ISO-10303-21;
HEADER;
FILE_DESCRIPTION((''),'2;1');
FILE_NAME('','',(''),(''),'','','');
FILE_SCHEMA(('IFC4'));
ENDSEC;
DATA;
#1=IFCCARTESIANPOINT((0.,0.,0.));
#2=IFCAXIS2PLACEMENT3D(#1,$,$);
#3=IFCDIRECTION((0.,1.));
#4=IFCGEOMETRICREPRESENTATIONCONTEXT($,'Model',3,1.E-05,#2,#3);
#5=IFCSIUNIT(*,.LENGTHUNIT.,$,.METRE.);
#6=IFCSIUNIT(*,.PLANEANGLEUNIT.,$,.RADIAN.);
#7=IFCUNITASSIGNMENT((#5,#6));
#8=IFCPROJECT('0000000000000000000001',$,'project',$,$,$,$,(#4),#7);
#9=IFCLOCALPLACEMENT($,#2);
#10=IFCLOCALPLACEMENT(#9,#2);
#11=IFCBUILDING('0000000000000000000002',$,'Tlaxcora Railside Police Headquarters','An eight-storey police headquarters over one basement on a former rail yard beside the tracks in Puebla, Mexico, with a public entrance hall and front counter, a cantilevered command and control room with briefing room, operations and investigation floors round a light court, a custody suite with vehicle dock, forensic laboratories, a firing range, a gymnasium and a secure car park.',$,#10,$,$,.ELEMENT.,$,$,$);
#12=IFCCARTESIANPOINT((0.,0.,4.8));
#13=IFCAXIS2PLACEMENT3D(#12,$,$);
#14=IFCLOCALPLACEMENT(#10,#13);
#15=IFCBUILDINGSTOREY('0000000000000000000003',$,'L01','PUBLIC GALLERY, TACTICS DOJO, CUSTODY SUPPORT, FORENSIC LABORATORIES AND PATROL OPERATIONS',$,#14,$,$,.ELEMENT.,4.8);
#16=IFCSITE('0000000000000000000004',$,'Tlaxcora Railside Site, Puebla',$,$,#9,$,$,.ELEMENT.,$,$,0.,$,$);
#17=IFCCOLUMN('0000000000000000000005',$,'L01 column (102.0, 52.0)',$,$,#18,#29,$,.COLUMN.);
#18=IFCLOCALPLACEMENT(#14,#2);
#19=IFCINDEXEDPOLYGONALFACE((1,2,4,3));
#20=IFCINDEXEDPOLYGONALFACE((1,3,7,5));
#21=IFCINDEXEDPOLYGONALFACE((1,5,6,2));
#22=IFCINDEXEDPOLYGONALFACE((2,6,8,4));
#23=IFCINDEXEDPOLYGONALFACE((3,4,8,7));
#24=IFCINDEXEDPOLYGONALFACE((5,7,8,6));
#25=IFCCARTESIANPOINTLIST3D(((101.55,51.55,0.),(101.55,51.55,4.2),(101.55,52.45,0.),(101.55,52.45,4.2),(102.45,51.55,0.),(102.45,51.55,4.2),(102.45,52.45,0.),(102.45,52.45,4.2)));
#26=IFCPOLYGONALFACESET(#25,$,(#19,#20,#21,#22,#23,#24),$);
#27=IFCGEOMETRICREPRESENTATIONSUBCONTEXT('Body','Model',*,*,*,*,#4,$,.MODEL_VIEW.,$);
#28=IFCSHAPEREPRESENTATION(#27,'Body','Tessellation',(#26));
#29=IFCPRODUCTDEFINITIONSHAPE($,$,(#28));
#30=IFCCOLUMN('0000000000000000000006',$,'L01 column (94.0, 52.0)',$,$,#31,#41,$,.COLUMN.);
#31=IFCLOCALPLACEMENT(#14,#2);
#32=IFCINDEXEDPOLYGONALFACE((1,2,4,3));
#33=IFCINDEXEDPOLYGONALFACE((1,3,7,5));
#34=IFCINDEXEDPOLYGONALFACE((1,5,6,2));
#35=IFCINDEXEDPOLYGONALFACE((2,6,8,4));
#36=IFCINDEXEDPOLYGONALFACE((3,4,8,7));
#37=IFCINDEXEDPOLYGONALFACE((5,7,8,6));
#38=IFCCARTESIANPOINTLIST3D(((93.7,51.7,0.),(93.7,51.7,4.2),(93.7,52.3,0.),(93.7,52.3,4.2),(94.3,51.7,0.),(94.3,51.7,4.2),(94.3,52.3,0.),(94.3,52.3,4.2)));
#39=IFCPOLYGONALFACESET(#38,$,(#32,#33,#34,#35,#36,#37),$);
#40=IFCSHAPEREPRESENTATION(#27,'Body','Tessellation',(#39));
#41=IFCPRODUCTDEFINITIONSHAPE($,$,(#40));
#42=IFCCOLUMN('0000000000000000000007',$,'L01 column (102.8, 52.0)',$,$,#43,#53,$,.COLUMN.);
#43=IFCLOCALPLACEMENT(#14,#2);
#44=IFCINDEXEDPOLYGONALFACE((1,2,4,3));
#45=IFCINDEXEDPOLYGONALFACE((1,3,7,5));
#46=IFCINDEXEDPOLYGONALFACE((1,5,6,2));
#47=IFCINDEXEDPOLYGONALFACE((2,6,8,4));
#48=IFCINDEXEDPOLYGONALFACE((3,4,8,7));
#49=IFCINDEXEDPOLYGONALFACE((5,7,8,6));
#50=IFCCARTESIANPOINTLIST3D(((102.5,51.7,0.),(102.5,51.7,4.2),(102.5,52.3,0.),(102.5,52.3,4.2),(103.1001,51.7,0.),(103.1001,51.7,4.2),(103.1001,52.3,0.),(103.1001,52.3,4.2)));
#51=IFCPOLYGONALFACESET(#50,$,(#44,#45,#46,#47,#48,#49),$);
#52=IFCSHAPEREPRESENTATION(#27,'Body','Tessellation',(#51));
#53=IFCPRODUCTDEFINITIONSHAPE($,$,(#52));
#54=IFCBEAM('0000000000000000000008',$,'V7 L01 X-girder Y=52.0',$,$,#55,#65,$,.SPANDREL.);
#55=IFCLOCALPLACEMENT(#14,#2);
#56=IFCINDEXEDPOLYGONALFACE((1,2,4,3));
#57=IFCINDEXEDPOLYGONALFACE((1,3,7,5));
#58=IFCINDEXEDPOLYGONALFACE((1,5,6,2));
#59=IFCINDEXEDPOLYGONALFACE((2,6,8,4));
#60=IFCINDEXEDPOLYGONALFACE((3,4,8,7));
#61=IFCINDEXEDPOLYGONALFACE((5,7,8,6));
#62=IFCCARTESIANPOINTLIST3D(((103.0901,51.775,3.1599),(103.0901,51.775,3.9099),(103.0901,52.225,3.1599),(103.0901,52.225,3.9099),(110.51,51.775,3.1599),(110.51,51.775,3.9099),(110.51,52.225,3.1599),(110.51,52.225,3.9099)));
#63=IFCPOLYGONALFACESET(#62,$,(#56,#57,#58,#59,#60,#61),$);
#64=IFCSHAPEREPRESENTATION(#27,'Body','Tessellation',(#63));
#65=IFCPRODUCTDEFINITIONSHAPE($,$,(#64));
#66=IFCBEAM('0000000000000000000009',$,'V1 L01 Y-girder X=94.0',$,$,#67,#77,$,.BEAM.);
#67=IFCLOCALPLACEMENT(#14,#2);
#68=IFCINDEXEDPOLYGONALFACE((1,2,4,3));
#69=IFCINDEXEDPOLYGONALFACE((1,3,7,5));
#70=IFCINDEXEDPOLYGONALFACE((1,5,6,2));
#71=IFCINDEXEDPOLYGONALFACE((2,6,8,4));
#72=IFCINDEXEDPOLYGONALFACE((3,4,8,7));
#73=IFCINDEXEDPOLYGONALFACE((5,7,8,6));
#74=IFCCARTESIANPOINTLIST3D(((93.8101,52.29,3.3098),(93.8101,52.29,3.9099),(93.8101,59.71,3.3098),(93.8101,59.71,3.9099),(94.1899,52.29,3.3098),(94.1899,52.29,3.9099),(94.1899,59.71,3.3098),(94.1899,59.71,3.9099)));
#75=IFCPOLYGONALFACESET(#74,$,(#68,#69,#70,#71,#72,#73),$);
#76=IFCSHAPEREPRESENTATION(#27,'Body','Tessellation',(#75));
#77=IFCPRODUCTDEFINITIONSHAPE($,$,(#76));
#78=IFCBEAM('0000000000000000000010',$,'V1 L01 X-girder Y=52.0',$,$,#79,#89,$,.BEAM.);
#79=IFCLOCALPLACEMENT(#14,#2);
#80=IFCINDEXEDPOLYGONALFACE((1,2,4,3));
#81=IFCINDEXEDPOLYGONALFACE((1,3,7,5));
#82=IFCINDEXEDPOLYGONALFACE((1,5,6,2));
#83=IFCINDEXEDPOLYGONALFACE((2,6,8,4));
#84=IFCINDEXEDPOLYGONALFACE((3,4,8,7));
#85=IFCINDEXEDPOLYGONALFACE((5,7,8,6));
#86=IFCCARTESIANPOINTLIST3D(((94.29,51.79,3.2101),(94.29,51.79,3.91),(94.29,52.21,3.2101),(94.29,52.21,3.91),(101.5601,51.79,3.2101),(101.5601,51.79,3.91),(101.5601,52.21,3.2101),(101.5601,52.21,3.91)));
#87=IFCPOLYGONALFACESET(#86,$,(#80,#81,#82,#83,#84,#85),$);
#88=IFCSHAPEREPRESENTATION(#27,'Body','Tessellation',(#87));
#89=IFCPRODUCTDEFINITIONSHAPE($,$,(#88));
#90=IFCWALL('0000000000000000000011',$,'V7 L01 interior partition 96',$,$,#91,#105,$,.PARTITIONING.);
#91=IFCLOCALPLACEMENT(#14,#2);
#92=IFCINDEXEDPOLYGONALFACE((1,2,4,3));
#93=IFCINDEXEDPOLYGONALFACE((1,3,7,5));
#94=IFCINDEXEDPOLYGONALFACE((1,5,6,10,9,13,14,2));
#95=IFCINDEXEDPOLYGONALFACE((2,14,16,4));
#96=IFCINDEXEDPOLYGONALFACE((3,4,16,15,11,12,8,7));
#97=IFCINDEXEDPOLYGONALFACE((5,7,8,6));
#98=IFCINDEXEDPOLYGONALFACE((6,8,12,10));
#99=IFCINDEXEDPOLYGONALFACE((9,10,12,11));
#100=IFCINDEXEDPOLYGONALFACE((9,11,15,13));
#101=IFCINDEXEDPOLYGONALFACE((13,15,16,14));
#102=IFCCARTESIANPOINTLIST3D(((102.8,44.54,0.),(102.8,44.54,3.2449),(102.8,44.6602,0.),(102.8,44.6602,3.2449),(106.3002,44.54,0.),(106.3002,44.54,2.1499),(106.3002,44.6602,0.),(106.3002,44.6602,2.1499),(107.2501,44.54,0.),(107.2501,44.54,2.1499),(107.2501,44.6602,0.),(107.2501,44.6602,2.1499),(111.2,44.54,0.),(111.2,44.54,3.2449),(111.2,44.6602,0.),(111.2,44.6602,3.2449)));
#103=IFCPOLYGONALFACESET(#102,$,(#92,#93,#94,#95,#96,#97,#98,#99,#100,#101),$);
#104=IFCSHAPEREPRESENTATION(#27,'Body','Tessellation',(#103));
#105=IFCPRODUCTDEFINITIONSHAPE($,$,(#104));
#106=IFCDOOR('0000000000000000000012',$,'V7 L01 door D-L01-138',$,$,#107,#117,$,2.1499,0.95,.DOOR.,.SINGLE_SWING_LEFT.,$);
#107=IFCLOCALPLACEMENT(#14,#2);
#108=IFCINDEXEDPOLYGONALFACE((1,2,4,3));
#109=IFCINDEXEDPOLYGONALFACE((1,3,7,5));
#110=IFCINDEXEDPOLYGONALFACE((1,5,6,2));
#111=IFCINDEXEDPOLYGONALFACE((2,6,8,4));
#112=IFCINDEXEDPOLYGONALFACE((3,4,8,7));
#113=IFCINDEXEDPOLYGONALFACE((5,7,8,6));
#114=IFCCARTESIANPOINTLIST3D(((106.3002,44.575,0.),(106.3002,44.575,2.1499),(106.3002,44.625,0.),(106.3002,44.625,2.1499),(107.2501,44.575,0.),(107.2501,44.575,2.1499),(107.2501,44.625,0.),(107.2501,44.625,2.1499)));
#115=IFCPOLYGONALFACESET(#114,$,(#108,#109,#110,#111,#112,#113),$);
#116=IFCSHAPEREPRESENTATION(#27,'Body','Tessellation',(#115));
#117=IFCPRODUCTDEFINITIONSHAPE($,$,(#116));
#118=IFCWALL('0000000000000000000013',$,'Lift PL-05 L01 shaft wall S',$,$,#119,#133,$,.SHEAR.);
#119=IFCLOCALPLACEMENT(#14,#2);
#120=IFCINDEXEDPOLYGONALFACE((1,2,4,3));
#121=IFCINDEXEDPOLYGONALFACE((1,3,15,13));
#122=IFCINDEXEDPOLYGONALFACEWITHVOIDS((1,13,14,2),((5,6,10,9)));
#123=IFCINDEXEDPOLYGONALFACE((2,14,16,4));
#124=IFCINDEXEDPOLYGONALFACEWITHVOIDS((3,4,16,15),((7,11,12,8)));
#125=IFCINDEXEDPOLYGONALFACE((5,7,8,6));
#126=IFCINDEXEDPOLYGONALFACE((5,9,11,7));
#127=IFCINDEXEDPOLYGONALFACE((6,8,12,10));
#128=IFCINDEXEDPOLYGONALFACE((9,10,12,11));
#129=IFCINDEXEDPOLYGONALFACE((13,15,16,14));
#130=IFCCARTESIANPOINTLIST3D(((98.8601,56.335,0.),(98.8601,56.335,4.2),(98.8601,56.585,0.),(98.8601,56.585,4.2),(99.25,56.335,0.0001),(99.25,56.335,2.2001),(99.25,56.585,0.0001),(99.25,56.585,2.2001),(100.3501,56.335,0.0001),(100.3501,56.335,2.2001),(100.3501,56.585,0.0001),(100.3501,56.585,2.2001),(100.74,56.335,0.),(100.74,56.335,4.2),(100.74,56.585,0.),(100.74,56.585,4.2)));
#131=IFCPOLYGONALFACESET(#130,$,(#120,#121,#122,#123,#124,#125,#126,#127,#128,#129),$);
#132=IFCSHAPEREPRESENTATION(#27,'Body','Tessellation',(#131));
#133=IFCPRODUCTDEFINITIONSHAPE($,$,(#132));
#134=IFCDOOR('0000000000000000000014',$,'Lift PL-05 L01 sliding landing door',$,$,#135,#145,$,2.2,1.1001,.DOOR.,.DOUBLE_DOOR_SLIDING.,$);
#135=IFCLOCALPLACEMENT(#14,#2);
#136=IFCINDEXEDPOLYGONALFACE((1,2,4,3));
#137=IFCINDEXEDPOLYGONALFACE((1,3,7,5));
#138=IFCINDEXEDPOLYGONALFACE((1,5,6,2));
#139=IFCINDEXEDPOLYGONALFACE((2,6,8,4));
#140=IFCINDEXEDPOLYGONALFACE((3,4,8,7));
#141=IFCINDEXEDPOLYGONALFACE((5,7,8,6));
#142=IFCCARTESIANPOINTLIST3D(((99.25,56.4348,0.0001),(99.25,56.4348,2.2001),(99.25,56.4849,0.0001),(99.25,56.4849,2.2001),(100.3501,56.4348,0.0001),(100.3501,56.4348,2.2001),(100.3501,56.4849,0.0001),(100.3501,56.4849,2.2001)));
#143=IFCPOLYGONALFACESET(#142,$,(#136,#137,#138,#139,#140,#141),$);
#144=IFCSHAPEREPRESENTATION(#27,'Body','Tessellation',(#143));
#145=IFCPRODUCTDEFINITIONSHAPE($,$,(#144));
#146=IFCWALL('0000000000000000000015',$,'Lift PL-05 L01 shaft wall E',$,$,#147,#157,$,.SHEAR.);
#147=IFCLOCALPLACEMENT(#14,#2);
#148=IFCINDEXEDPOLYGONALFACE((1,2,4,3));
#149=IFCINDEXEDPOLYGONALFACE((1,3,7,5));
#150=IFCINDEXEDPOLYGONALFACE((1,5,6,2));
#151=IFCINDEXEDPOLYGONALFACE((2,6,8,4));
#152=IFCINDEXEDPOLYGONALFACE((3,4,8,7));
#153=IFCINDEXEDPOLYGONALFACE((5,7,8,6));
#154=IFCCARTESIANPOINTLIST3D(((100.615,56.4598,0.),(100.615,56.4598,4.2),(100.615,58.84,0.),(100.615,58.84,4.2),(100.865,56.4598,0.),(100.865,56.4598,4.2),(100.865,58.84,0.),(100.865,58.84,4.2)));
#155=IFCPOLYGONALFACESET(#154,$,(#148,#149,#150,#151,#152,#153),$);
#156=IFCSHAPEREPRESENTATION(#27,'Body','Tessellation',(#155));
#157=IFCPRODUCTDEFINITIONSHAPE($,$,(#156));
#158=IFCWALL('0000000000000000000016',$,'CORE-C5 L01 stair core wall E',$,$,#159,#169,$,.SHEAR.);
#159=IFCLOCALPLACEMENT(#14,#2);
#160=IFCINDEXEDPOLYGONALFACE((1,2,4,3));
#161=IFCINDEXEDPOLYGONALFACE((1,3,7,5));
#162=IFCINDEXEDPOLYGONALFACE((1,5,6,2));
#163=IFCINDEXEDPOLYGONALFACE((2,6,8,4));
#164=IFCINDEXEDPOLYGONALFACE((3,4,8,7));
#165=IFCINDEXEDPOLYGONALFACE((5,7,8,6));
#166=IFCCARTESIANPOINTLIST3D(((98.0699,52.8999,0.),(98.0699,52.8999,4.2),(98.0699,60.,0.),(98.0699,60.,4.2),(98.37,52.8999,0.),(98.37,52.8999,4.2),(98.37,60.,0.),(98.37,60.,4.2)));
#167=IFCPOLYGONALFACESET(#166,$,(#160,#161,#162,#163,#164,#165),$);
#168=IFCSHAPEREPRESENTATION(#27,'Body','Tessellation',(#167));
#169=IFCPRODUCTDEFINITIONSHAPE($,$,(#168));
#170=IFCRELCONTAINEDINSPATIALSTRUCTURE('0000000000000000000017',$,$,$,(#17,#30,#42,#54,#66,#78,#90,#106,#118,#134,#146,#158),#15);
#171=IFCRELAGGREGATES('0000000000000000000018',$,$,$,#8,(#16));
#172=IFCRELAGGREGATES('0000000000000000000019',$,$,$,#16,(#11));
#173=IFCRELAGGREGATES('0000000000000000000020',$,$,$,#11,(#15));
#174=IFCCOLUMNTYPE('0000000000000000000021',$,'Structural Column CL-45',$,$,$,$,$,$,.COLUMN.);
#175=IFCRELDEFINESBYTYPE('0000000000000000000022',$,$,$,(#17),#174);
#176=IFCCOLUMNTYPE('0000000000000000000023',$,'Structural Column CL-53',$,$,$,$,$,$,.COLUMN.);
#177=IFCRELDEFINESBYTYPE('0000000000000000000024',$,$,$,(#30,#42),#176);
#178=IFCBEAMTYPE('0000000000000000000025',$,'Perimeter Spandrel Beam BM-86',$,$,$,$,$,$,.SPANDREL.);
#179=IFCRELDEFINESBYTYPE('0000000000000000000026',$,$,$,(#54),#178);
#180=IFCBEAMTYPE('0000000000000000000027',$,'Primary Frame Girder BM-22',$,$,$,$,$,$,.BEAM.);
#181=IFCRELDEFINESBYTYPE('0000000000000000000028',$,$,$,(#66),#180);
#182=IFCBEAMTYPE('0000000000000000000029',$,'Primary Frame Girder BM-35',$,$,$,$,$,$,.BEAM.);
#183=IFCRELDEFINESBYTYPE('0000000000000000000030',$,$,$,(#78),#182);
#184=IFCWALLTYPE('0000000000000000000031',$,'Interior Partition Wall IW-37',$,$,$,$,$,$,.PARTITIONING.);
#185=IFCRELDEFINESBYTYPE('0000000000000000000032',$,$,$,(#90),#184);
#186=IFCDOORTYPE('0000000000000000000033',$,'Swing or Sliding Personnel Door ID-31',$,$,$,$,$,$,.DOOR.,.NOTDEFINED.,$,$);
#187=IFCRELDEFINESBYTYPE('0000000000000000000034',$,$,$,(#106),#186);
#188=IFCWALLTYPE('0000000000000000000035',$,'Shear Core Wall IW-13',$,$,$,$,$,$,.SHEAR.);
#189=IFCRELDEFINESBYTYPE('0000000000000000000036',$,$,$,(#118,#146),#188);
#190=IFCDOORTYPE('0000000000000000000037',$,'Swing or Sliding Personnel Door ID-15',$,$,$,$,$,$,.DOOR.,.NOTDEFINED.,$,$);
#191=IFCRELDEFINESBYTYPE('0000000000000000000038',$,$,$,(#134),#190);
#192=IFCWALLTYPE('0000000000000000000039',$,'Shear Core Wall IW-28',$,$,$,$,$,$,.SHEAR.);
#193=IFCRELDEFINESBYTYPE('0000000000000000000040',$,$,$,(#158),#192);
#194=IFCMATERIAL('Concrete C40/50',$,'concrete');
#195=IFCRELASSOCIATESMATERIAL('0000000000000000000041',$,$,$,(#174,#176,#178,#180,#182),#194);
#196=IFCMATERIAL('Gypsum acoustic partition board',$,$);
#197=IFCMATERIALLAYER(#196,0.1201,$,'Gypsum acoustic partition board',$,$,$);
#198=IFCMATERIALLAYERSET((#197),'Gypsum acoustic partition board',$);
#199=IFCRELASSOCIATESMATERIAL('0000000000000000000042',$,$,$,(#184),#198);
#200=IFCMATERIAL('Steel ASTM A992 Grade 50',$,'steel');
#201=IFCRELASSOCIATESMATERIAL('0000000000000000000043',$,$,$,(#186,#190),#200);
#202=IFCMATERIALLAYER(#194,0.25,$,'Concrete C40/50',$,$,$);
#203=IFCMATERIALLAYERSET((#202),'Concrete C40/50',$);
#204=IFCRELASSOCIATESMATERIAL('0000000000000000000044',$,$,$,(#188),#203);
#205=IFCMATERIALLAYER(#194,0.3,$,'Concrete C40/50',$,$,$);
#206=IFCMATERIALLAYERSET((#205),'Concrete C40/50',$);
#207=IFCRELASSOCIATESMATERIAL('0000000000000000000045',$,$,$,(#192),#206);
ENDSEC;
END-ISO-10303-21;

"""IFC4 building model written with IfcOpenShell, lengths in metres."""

from ifc_helpers import new_model, si_unit, direction, frame, frame_2d, origin, origin_2d, place, context, subcontext, project, spatial, rectangle, extrude, material, layer, layer_set, material_profile, profile_set, type_object, element, fill, save


model = new_model("IFC4")

# Units and contexts
model_context = context("Model", 3, precision=1e-05, world=origin(), true_north=direction((0.0, 1.0)))
body_context = subcontext(model_context, "Body", "Model", "MODEL_VIEW")
ifc_project = project(units=[si_unit("LENGTHUNIT", "METRE"), si_unit("PLANEANGLEUNIT", "RADIAN")], contexts=[model_context])

# Site, building, storey
site_placement = place(None, origin())
site = spatial("IfcSite", under=ifc_project, at=site_placement, Name="Tlaxcora Railside Site, Puebla", CompositionType="ELEMENT", RefElevation=0.0)
building_placement = place(site_placement, origin())
building = spatial("IfcBuilding", under=site, at=building_placement, Name="Tlaxcora Railside Police Headquarters", Description="An eight-storey police headquarters over one basement on a former rail yard beside the tracks in Puebla, Mexico, with a public entrance hall and front counter, a cantilevered command and control room with briefing room, operations and investigation floors round a light court, a custody suite with vehicle dock, forensic laboratories, a firing range, a gymnasium and a secure car park.", CompositionType="ELEMENT")
storey_placement = place(building_placement, frame((0.0, 0.0, 4.8)))
storey = spatial("IfcBuildingStorey", under=building, at=storey_placement, Name="L01", Description="PUBLIC GALLERY, TACTICS DOJO, CUSTODY SUPPORT, FORENSIC LABORATORIES AND PATROL OPERATIONS", CompositionType="ELEMENT", Elevation=4.8)

# Columns
ifc_material_1 = material(Name="Concrete C40/50", Category="concrete")
ifc_material_profile_1 = material_profile(ifc_material_1, rectangle(XDim=0.8999, YDim=0.8999, at=origin_2d()), Name="RC900X900")
ifc_profile_set_1 = profile_set([ifc_material_profile_1], Name="Concrete C40/50")
column_type_1 = type_object("IfcColumnType", Name="Structural Column CL-45", PredefinedType="COLUMN", material=ifc_profile_set_1)
column_placement = place(storey_placement, frame((102.0, 52.0, 0.0), z_axis=(0.0, 0.0, 1.0), x_axis=(1.0, 0.0, 0.0)))
element("IfcColumn", 1, at=column_placement, inside=storey, type_object=column_type_1, Name="L01 column (102.0, 52.0)", PredefinedType="COLUMN", context=body_context, shape_type="SweptSolid", body=[
    extrude(rectangle(XDim=0.8999, YDim=0.8999, at=origin_2d()), origin(), (0.0, 0.0, 1.0), 4.2),
])
ifc_material_profile_2 = material_profile(ifc_material_1, rectangle(XDim=0.6001, YDim=0.6001, at=origin_2d()), Name="RC600X600")
ifc_profile_set_2 = profile_set([ifc_material_profile_2], Name="Concrete C40/50")
column_type_2 = type_object("IfcColumnType", Name="Structural Column CL-53", PredefinedType="COLUMN", material=ifc_profile_set_2)
for number, where, z_axis, x_axis, name in (
    (2, (94.0, 52.0, 0.0), (0.0, 0.0, 1.0), (1.0, 0.0, 0.0), "L01 column (94.0, 52.0)"),
    (3, (102.8, 52.0, 0.0), (0.0, 0.0, 1.0), (1.0, 0.0, 0.0), "L01 column (102.8, 52.0)"),
):
    element("IfcColumn", number, at=place(storey_placement, frame(where, z_axis=z_axis, x_axis=x_axis)), inside=storey, type_object=column_type_2, Name=name, PredefinedType="COLUMN", context=body_context, shape_type="SweptSolid", body=[
        extrude(rectangle(XDim=0.6001, YDim=0.6001, at=origin_2d()), origin(), (0.0, 0.0, 1.0), 4.2),
    ])

# Beams
ifc_material_profile_3 = material_profile(ifc_material_1, rectangle(XDim=0.45, YDim=0.75, at=origin_2d()), Name="RC450X750")
ifc_profile_set_3 = profile_set([ifc_material_profile_3], Name="Concrete C40/50")
beam_type_1 = type_object("IfcBeamType", Name="Perimeter Spandrel Beam BM-86", PredefinedType="SPANDREL", material=ifc_profile_set_3)
beam_1_placement = place(storey_placement, frame((103.0901, 52.0, 3.5349), z_axis=(1.0, 0.0, 0.0), x_axis=(0.0, 1.0, 0.0)))
element("IfcBeam", 4, at=beam_1_placement, inside=storey, type_object=beam_type_1, Name="V7 L01 X-girder Y=52.0", PredefinedType="SPANDREL", context=body_context, shape_type="SweptSolid", body=[
    extrude(rectangle(XDim=0.45, YDim=0.75, at=origin_2d()), origin(), (0.0, 0.0, 1.0), 7.4199),
])
ifc_material_profile_4 = material_profile(ifc_material_1, rectangle(XDim=0.3799, YDim=0.6001, at=origin_2d()), Name="RC380X600")
ifc_profile_set_4 = profile_set([ifc_material_profile_4], Name="Concrete C40/50")
beam_type_2 = type_object("IfcBeamType", Name="Primary Frame Girder BM-22", PredefinedType="BEAM", material=ifc_profile_set_4)
beam_2_placement = place(storey_placement, frame((94.0, 52.29, 3.6099), z_axis=(0.0, 1.0, 0.0), x_axis=(-1.0, 0.0, 0.0)))
element("IfcBeam", 5, at=beam_2_placement, inside=storey, type_object=beam_type_2, Name="V1 L01 Y-girder X=94.0", PredefinedType="BEAM", context=body_context, shape_type="SweptSolid", body=[
    extrude(rectangle(XDim=0.3799, YDim=0.6001, at=origin_2d()), origin(), (0.0, 0.0, 1.0), 7.4199),
])
ifc_material_profile_5 = material_profile(ifc_material_1, rectangle(XDim=0.4199, YDim=0.7, at=origin_2d()), Name="RC420X700")
ifc_profile_set_5 = profile_set([ifc_material_profile_5], Name="Concrete C40/50")
beam_type_3 = type_object("IfcBeamType", Name="Primary Frame Girder BM-35", PredefinedType="BEAM", material=ifc_profile_set_5)
beam_3_placement = place(storey_placement, frame((94.29, 52.0, 3.5601), z_axis=(1.0, 0.0, 0.0), x_axis=(0.0, 1.0, 0.0)))
element("IfcBeam", 6, at=beam_3_placement, inside=storey, type_object=beam_type_3, Name="V1 L01 X-girder Y=52.0", PredefinedType="BEAM", context=body_context, shape_type="SweptSolid", body=[
    extrude(rectangle(XDim=0.4199, YDim=0.7, at=origin_2d()), origin(), (0.0, 0.0, 1.0), 7.27),
])

# Walls, openings, doors
ifc_material_2 = material(Name="Gypsum acoustic partition board")
ifc_layer_1 = layer(ifc_material_2, 0.1201, Name="Gypsum acoustic partition board")
ifc_layer_set_1 = layer_set([ifc_layer_1], Name="Gypsum acoustic partition board")
wall_type_1 = type_object("IfcWallType", Name="Interior Partition Wall IW-37", PredefinedType="PARTITIONING", material=ifc_layer_set_1)
wall_1_placement = place(storey_placement, frame((102.8, 44.6001, 0.0), z_axis=(0.0, 0.0, 1.0), x_axis=(1.0, 0.0, 0.0)))
wall_1 = element("IfcWall", 7, at=wall_1_placement, inside=storey, type_object=wall_type_1, Name="V7 L01 interior partition 96", PredefinedType="PARTITIONING", context=body_context, shape_type="SweptSolid", body=[
    extrude(rectangle(XDim=8.3999, YDim=0.1201, at=frame_2d((4.2, 0.0))), origin(), (0.0, 0.0, 1.0), 3.2449),
])
opening_1_placement = place(wall_1_placement, frame((3.5, 0.0, 0.0)))
opening_1 = element("IfcOpeningElement", 8, at=opening_1_placement, cuts=wall_1, PredefinedType="OPENING", context=body_context, shape_type="SweptSolid", body=[
    extrude(rectangle(XDim=0.95, YDim=2.1499, at=frame_2d((0.4751, 1.075))), frame((0.0, 0.0701, 0.0), z_axis=(0.0, -1.0, 0.0), x_axis=(1.0, 0.0, 0.0)), (0.0, 0.0, 1.0), 0.1401),
])
ifc_material_3 = material(Name="Steel ASTM A992 Grade 50", Category="steel")
door_type_1 = type_object("IfcDoorType", Name="Swing or Sliding Personnel Door ID-31", OperationType="NOTDEFINED", PredefinedType="DOOR", material=ifc_material_3)
door_1_placement = place(opening_1_placement, origin())
door_1 = element("IfcDoor", 9, at=door_1_placement, inside=storey, type_object=door_type_1, Name="V7 L01 door D-L01-138", OperationType="SINGLE_SWING_LEFT", OverallHeight=2.1499, OverallWidth=0.95, PredefinedType="DOOR", context=body_context, shape_type="SweptSolid", body=[
    extrude(rectangle(XDim=0.95, YDim=2.1499, at=frame_2d((0.4751, 1.075))), frame((0.0, 0.0249, 0.0), z_axis=(0.0, -1.0, 0.0), x_axis=(1.0, 0.0, 0.0)), (0.0, 0.0, 1.0), 0.05),
])
fill(opening_1, door_1)
ifc_layer_2 = layer(ifc_material_1, 0.25, Name="Concrete C40/50")
ifc_layer_set_2 = layer_set([ifc_layer_2], Name="Concrete C40/50")
wall_type_2 = type_object("IfcWallType", Name="Shear Core Wall IW-13", PredefinedType="SHEAR", material=ifc_layer_set_2)
wall_2_placement = place(storey_placement, frame((98.8601, 56.46, 0.0), z_axis=(0.0, 0.0, 1.0), x_axis=(1.0, 0.0, 0.0)))
wall_2 = element("IfcWall", 10, at=wall_2_placement, inside=storey, type_object=wall_type_2, Name="Lift PL-05 L01 shaft wall S", PredefinedType="SHEAR", context=body_context, shape_type="SweptSolid", body=[
    extrude(rectangle(XDim=1.8799, YDim=0.25, at=frame_2d((0.9399, 0.0))), origin(), (0.0, 0.0, 1.0), 4.2),
])
opening_2_placement = place(wall_2_placement, frame((0.3899, 0.0, 0.0)))
opening_2 = element("IfcOpeningElement", 11, at=opening_2_placement, cuts=wall_2, PredefinedType="OPENING", context=body_context, shape_type="SweptSolid", body=[
    extrude(rectangle(XDim=1.1001, YDim=2.2, at=frame_2d((0.55, 1.1001))), frame((0.0, 0.135, 0.0), z_axis=(0.0, -1.0, 0.0), x_axis=(1.0, 0.0, 0.0)), (0.0, 0.0, 1.0), 0.27),
])
door_type_2 = type_object("IfcDoorType", Name="Swing or Sliding Personnel Door ID-15", OperationType="NOTDEFINED", PredefinedType="DOOR", material=ifc_material_3)
door_2_placement = place(opening_2_placement, origin())
door_2 = element("IfcDoor", 12, at=door_2_placement, inside=storey, type_object=door_type_2, Name="Lift PL-05 L01 sliding landing door", OperationType="DOUBLE_DOOR_SLIDING", OverallHeight=2.2, OverallWidth=1.1001, PredefinedType="DOOR", context=body_context, shape_type="SweptSolid", body=[
    extrude(rectangle(XDim=1.1001, YDim=2.2, at=frame_2d((0.55, 1.1001))), frame((0.0, 0.0249, 0.0), z_axis=(0.0, -1.0, 0.0), x_axis=(1.0, 0.0, 0.0)), (0.0, 0.0, 1.0), 0.05),
])
fill(opening_2, door_2)

# Wall
wall_3_placement = place(storey_placement, frame((100.74, 56.46, 0.0), z_axis=(0.0, 0.0, 1.0), x_axis=(0.0, 1.0, 0.0)))
element("IfcWall", 13, at=wall_3_placement, inside=storey, type_object=wall_type_2, Name="Lift PL-05 L01 shaft wall E", PredefinedType="SHEAR", context=body_context, shape_type="SweptSolid", body=[
    extrude(rectangle(XDim=2.3801, YDim=0.25, at=frame_2d((1.1899, 0.0))), origin(), (0.0, 0.0, 1.0), 4.2),
])

# Shared definitions
ifc_layer_3 = layer(ifc_material_1, 0.3, Name="Concrete C40/50")
ifc_layer_set_3 = layer_set([ifc_layer_3], Name="Concrete C40/50")
wall_type_3 = type_object("IfcWallType", Name="Shear Core Wall IW-28", PredefinedType="SHEAR", material=ifc_layer_set_3)

# Wall
wall_4_placement = place(storey_placement, frame((98.22, 52.8999, 0.0), z_axis=(0.0, 0.0, 1.0), x_axis=(0.0, 1.0, 0.0)))
element("IfcWall", 14, at=wall_4_placement, inside=storey, type_object=wall_type_3, Name="CORE-C5 L01 stair core wall E", PredefinedType="SHEAR", context=body_context, shape_type="SweptSolid", body=[
    extrude(rectangle(XDim=7.1001, YDim=0.3, at=frame_2d((3.55, 0.0))), origin(), (0.0, 0.0, 1.0), 4.2),
])

save(model, "model.ifc")
